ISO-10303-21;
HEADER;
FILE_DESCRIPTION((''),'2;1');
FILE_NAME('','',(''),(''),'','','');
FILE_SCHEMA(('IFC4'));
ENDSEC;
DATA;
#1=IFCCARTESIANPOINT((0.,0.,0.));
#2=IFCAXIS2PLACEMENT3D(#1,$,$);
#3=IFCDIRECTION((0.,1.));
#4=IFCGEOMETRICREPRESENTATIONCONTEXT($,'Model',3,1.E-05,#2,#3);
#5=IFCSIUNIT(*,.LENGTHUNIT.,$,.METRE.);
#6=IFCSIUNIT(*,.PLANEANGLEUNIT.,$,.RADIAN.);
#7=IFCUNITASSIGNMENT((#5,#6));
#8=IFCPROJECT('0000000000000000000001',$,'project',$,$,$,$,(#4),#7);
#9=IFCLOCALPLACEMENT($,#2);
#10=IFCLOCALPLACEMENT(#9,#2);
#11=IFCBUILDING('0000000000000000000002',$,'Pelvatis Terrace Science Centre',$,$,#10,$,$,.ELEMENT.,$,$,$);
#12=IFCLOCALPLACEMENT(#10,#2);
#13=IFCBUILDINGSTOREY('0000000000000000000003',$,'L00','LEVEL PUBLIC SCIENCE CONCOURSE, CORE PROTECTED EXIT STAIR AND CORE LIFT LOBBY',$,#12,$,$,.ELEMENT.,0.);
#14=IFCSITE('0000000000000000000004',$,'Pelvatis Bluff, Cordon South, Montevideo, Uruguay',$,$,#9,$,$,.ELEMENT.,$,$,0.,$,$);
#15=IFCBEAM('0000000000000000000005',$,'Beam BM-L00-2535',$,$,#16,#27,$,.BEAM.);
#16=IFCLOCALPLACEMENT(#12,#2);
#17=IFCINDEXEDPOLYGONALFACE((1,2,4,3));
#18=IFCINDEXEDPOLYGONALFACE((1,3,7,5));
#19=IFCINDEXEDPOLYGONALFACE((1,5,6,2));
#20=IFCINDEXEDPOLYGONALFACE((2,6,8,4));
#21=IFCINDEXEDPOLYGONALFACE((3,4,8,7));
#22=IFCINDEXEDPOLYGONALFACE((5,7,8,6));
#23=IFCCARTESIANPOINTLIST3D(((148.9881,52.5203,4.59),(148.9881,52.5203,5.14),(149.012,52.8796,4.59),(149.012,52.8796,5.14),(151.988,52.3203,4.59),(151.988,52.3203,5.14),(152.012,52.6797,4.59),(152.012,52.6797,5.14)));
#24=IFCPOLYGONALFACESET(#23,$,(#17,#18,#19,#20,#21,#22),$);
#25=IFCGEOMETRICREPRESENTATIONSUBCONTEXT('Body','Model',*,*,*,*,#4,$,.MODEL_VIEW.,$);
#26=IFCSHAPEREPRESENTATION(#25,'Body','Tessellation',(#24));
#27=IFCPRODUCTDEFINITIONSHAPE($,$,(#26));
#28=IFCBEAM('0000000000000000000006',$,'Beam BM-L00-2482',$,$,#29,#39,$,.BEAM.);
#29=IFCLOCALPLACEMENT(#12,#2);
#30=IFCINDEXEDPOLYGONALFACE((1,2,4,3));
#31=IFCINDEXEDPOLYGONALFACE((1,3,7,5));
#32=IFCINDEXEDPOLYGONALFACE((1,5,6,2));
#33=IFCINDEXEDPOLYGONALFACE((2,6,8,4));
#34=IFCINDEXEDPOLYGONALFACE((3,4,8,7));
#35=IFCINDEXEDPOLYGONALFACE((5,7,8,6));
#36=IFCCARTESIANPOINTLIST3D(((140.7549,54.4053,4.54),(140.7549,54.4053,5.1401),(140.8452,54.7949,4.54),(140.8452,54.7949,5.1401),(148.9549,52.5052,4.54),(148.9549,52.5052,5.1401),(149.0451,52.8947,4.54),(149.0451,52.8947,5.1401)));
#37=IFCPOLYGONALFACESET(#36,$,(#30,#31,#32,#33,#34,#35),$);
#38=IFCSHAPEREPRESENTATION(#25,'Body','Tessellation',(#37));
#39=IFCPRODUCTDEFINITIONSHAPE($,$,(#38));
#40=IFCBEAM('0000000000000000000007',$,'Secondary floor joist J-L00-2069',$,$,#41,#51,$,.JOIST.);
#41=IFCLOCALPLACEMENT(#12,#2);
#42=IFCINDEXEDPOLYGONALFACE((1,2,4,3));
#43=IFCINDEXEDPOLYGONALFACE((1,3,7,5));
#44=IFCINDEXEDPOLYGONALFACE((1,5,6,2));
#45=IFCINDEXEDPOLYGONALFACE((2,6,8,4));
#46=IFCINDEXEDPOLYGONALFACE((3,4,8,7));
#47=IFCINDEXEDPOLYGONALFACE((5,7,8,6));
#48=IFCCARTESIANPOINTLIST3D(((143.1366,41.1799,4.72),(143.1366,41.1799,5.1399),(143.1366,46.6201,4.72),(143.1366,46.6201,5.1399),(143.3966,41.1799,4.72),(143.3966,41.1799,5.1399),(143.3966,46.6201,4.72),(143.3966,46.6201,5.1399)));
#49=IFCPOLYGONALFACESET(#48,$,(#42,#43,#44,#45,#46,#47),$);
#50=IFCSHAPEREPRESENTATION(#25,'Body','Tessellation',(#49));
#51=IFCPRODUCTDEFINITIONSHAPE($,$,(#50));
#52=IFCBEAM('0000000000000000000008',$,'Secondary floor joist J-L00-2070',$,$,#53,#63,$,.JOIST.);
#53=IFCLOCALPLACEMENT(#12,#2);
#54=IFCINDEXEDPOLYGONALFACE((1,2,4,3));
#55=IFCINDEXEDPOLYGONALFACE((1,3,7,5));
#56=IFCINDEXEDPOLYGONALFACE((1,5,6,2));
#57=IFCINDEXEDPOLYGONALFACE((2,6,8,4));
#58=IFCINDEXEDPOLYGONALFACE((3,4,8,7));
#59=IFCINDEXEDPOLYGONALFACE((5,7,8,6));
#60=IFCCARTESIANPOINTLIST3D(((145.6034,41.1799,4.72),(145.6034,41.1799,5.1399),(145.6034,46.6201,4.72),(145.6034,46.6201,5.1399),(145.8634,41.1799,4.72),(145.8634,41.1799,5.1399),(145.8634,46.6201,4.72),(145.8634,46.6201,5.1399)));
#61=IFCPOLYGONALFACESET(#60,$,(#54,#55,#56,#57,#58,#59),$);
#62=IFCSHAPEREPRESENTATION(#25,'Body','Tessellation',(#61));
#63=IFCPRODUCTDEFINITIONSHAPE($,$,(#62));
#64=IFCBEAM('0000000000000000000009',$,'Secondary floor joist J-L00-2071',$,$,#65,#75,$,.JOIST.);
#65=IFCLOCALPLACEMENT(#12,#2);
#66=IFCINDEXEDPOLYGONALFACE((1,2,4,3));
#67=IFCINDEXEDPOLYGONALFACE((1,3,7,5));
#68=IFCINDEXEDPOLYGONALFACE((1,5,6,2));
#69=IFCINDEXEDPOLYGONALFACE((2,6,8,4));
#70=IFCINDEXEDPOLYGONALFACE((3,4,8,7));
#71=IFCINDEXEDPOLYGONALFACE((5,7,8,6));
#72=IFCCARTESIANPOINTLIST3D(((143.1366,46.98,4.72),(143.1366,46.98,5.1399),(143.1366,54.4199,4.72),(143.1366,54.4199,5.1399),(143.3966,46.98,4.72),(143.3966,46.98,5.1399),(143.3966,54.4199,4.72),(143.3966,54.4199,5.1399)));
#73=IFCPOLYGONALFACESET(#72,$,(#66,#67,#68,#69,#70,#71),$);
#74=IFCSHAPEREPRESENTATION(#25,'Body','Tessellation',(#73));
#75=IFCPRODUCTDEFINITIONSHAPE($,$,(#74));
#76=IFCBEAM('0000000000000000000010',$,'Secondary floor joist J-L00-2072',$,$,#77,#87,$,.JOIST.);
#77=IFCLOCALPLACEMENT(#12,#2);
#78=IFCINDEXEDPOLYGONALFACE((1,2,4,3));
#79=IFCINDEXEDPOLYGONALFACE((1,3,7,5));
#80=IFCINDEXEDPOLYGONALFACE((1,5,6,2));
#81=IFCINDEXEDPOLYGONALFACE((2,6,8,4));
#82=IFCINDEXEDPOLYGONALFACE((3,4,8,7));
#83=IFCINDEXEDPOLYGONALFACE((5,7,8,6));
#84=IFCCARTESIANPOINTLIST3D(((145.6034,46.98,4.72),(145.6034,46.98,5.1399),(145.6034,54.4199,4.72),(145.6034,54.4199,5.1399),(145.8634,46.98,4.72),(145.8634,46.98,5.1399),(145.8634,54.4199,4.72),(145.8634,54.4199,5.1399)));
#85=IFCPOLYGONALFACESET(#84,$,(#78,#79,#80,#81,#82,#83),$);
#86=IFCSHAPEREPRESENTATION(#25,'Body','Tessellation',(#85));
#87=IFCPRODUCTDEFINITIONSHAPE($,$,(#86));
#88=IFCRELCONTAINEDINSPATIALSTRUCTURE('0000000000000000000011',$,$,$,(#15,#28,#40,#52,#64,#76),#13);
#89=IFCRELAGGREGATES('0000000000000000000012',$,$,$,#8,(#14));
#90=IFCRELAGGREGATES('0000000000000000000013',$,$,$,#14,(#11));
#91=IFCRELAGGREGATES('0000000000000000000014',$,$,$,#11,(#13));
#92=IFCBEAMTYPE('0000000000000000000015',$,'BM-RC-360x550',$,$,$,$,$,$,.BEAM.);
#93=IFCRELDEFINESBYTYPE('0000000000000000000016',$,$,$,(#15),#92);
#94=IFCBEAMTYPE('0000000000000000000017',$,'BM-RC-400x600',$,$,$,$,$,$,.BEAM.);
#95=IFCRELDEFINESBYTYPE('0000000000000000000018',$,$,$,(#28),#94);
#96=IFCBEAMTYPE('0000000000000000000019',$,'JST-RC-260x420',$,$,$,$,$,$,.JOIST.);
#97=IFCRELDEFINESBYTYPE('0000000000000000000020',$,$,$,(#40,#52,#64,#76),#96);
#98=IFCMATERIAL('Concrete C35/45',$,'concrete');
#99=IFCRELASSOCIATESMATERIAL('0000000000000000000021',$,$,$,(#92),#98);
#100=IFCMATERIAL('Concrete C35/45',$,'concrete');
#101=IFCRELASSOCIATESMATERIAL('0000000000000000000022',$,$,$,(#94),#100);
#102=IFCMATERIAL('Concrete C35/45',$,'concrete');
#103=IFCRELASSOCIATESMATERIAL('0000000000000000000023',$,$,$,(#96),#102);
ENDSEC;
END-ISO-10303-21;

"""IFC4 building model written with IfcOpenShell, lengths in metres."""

from ifc_helpers import new_model, si_unit, direction, frame, origin, origin_2d, place, context, subcontext, project, spatial, rectangle, extrude, material, material_profile, profile_set, type_object, element, save


model = new_model("IFC4")

# Units and contexts
model_context = context("Model", 3, precision=1e-05, world=origin(), true_north=direction((0.0, 1.0)))
body_context = subcontext(model_context, "Body", "Model", "MODEL_VIEW")
ifc_project = project(units=[si_unit("LENGTHUNIT", "METRE"), si_unit("PLANEANGLEUNIT", "RADIAN")], contexts=[model_context])

# Site, building, storey
site_placement = place(None, origin())
site = spatial("IfcSite", under=ifc_project, at=site_placement, Name="Pelvatis Bluff, Cordon South, Montevideo, Uruguay", CompositionType="ELEMENT", RefElevation=0.0)
building_placement = place(site_placement, origin())
building = spatial("IfcBuilding", under=site, at=building_placement, Name="Pelvatis Terrace Science Centre", CompositionType="ELEMENT")
storey_placement = place(building_placement, origin())
storey = spatial("IfcBuildingStorey", under=building, at=storey_placement, Name="L00", Description="LEVEL PUBLIC SCIENCE CONCOURSE, CORE PROTECTED EXIT STAIR AND CORE LIFT LOBBY", CompositionType="ELEMENT", Elevation=0.0)

# Beams
ifc_material_1 = material(Name="Concrete C35/45", Category="concrete")
ifc_material_profile_1 = material_profile(ifc_material_1, rectangle(XDim=0.3601, YDim=0.55, at=origin_2d()), Name="RC-BM 360x550")
ifc_profile_set_1 = profile_set([ifc_material_profile_1], Name="Concrete C35/45")
beam_type_1 = type_object("IfcBeamType", Name="BM-RC-360x550", PredefinedType="BEAM", material=ifc_profile_set_1)
beam_1_placement = place(storey_placement, frame((152.0, 52.5, 4.865), z_axis=(-0.997786, 0.066503, 0.0), x_axis=(-0.066503, -0.997786, 0.0)))
element("IfcBeam", 1, at=beam_1_placement, inside=storey, type_object=beam_type_1, Name="Beam BM-L00-2535", PredefinedType="BEAM", context=body_context, shape_type="SweptSolid", body=[
    extrude(rectangle(XDim=0.3601, YDim=0.55, at=origin_2d()), origin(), (0.0, 0.0, 1.0), 3.0066),
])
ifc_material_2 = material(Name="Concrete C35/45", Category="concrete")
ifc_material_profile_2 = material_profile(ifc_material_2, rectangle(XDim=0.3999, YDim=0.6001, at=origin_2d()), Name="RC-BM 400x600")
ifc_profile_set_2 = profile_set([ifc_material_profile_2], Name="Concrete C35/45")
beam_type_2 = type_object("IfcBeamType", Name="BM-RC-400x600", PredefinedType="BEAM", material=ifc_profile_set_2)
beam_2_placement = place(storey_placement, frame((140.8, 54.6001, 4.8401), z_axis=(0.974186, -0.225745, 0.0), x_axis=(0.225745, 0.974186, 0.0)))
element("IfcBeam", 2, at=beam_2_placement, inside=storey, type_object=beam_type_2, Name="Beam BM-L00-2482", PredefinedType="BEAM", context=body_context, shape_type="SweptSolid", body=[
    extrude(rectangle(XDim=0.3999, YDim=0.6001, at=origin_2d()), origin(), (0.0, 0.0, 1.0), 8.4172),
])
ifc_material_3 = material(Name="Concrete C35/45", Category="concrete")
ifc_material_profile_3 = material_profile(ifc_material_3, rectangle(XDim=0.26, YDim=0.4199, at=origin_2d()), Name="RC-JST 260x420")
ifc_profile_set_3 = profile_set([ifc_material_profile_3], Name="Concrete C35/45")
beam_type_3 = type_object("IfcBeamType", Name="JST-RC-260x420", PredefinedType="JOIST", material=ifc_profile_set_3)
for number, where, z_axis, x_axis, name in (
    (3, (143.2666, 41.1799, 4.9299), (0.0, 1.0, 0.0), (-1.0, 0.0, 0.0), "Secondary floor joist J-L00-2069"),
    (4, (145.7334, 41.1799, 4.9299), (0.0, 1.0, 0.0), (-1.0, 0.0, 0.0), "Secondary floor joist J-L00-2070"),
):
    element("IfcBeam", number, at=place(storey_placement, frame(where, z_axis=z_axis, x_axis=x_axis)), inside=storey, type_object=beam_type_3, Name=name, PredefinedType="JOIST", context=body_context, shape_type="SweptSolid", body=[
        extrude(rectangle(XDim=0.26, YDim=0.4199, at=origin_2d()), origin(), (0.0, 0.0, 1.0), 5.4402),
    ])
for number, where, z_axis, x_axis, name in (
    (5, (143.2666, 46.98, 4.9299), (0.0, 1.0, 0.0), (-1.0, 0.0, 0.0), "Secondary floor joist J-L00-2071"),
    (6, (145.7334, 46.98, 4.9299), (0.0, 1.0, 0.0), (-1.0, 0.0, 0.0), "Secondary floor joist J-L00-2072"),
):
    element("IfcBeam", number, at=place(storey_placement, frame(where, z_axis=z_axis, x_axis=x_axis)), inside=storey, type_object=beam_type_3, Name=name, PredefinedType="JOIST", context=body_context, shape_type="SweptSolid", body=[
        extrude(rectangle(XDim=0.26, YDim=0.4199, at=origin_2d()), origin(), (0.0, 0.0, 1.0), 7.4399),
    ])

save(model, "model.ifc")
